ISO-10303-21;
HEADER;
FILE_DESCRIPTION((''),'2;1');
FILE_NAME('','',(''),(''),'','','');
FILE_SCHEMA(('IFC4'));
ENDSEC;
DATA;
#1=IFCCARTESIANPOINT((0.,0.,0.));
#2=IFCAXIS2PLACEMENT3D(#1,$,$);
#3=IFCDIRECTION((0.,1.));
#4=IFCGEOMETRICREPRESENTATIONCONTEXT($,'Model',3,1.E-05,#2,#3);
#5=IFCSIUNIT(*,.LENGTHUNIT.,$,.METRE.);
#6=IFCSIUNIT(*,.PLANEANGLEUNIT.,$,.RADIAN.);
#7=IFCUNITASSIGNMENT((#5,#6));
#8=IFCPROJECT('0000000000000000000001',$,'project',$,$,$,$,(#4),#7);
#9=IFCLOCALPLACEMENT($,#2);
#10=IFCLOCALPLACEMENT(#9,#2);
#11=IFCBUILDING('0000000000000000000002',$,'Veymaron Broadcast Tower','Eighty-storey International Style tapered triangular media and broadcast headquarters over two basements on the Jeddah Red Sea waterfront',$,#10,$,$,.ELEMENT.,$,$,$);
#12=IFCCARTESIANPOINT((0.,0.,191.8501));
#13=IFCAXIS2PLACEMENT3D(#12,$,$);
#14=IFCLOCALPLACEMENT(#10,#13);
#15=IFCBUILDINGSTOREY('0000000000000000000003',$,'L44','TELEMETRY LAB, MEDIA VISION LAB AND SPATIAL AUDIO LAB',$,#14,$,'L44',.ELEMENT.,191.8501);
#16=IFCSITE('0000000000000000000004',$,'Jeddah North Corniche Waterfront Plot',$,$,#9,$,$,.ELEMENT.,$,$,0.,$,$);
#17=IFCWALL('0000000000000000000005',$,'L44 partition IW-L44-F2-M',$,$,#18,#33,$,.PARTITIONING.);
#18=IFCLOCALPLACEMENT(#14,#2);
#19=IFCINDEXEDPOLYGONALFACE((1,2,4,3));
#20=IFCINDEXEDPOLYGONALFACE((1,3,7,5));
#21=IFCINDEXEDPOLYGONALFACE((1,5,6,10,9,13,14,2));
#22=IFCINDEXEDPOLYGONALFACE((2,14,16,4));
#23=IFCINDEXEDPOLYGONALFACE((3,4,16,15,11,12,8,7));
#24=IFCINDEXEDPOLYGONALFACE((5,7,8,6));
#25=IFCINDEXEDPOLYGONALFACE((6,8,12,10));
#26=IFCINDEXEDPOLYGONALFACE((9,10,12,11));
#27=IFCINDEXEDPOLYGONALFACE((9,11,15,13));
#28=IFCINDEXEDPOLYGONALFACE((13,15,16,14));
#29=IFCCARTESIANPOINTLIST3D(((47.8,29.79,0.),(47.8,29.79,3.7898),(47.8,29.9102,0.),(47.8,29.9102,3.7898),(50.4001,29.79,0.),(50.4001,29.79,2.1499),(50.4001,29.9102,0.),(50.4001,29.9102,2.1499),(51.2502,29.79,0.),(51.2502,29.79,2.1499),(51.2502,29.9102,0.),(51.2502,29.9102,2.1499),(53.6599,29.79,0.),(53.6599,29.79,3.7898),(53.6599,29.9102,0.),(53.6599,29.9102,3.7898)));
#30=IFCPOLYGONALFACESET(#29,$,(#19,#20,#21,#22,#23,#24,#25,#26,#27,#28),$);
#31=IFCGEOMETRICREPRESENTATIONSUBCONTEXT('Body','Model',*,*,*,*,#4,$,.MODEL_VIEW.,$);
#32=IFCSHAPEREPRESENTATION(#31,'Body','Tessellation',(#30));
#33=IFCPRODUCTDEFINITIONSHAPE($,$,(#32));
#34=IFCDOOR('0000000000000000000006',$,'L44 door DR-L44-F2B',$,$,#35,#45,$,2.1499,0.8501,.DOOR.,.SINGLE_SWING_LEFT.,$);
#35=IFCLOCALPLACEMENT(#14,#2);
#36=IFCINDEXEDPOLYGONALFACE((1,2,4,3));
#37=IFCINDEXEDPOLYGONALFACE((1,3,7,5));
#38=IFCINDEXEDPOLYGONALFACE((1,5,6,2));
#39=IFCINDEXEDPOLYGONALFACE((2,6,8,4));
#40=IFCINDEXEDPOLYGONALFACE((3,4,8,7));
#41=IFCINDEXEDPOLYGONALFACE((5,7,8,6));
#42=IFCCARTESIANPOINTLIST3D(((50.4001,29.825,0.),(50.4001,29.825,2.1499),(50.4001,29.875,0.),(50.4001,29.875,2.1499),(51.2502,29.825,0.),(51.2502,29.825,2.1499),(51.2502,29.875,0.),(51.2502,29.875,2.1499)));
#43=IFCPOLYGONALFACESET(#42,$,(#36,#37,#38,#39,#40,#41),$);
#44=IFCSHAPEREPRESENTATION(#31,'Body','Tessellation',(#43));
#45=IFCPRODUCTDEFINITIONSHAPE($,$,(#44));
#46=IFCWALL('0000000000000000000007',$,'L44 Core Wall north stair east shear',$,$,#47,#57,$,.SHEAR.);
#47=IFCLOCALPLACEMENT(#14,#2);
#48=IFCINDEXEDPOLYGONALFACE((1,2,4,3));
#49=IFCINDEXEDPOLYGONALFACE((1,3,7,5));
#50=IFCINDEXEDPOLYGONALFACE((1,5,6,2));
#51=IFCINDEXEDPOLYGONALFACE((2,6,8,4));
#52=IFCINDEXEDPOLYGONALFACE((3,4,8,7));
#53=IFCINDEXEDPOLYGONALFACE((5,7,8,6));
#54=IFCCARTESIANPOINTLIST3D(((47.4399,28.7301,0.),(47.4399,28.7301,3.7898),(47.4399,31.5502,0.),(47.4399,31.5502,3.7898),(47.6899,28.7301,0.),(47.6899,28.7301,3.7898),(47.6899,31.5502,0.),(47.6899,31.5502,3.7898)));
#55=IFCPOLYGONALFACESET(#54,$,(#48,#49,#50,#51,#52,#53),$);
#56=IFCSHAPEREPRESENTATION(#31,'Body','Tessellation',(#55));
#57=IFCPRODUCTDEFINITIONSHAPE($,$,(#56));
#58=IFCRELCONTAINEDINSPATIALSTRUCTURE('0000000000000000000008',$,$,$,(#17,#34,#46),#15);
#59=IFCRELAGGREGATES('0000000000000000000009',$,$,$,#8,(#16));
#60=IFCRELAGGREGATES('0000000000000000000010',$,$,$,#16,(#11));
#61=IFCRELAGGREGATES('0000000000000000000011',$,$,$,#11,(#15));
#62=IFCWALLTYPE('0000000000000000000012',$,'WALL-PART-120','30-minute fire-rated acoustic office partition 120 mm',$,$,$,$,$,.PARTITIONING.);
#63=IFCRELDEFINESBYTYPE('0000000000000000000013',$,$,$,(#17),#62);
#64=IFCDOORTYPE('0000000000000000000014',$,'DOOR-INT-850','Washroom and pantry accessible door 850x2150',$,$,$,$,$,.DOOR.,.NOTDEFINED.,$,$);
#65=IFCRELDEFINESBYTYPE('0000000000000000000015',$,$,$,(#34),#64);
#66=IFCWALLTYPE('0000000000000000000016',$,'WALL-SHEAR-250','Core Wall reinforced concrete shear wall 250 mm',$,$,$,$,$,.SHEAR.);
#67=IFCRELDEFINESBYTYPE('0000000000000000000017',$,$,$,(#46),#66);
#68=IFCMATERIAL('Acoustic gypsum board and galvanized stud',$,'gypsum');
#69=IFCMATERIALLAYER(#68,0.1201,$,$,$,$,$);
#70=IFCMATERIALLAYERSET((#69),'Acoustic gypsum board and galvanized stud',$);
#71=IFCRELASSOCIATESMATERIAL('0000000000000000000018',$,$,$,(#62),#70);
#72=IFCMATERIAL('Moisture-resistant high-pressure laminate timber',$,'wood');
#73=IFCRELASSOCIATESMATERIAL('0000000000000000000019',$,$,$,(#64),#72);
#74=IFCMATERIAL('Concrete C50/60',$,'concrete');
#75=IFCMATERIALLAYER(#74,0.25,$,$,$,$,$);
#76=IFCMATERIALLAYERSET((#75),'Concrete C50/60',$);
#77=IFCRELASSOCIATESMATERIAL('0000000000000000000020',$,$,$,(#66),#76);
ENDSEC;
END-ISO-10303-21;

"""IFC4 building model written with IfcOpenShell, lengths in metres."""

from ifc_helpers import new_model, si_unit, direction, frame, frame_2d, origin, place, context, subcontext, project, spatial, rectangle, extrude, material, layer, layer_set, type_object, element, fill, save


model = new_model("IFC4")

# Units and contexts
model_context = context("Model", 3, precision=1e-05, world=origin(), true_north=direction((0.0, 1.0)))
body_context = subcontext(model_context, "Body", "Model", "MODEL_VIEW")
ifc_project = project(units=[si_unit("LENGTHUNIT", "METRE"), si_unit("PLANEANGLEUNIT", "RADIAN")], contexts=[model_context])

# Site, building, storey
site_placement = place(None, origin())
site = spatial("IfcSite", under=ifc_project, at=site_placement, Name="Jeddah North Corniche Waterfront Plot", CompositionType="ELEMENT", RefElevation=0.0)
building_placement = place(site_placement, origin())
building = spatial("IfcBuilding", under=site, at=building_placement, Name="Veymaron Broadcast Tower", Description="Eighty-storey International Style tapered triangular media and broadcast headquarters over two basements on the Jeddah Red Sea waterfront", CompositionType="ELEMENT")
storey_placement = place(building_placement, frame((0.0, 0.0, 191.8501)))
storey = spatial("IfcBuildingStorey", under=building, at=storey_placement, Name="L44", Description="TELEMETRY LAB, MEDIA VISION LAB AND SPATIAL AUDIO LAB", LongName="L44", CompositionType="ELEMENT", Elevation=191.8501)

# Shared definitions
ifc_material_1 = material(Name="Acoustic gypsum board and galvanized stud", Category="gypsum")
ifc_layer_1 = layer(ifc_material_1, 0.1201)
ifc_layer_set_1 = layer_set([ifc_layer_1], Name="Acoustic gypsum board and galvanized stud")
wall_type_1 = type_object("IfcWallType", Name="WALL-PART-120", Description="30-minute fire-rated acoustic office partition 120 mm", PredefinedType="PARTITIONING", material=ifc_layer_set_1)

# Wall, opening, door
ifc_material_2 = material(Name="Moisture-resistant high-pressure laminate timber", Category="wood")
door_type_1 = type_object("IfcDoorType", Name="DOOR-INT-850", Description="Washroom and pantry accessible door 850x2150", OperationType="NOTDEFINED", PredefinedType="DOOR", material=ifc_material_2)
wall_1_placement = place(storey_placement, frame((47.8, 29.8501, 0.0), z_axis=(0.0, 0.0, 1.0), x_axis=(1.0, 0.0, 0.0)))
wall_1 = element("IfcWall", 1, at=wall_1_placement, inside=storey, type_object=wall_type_1, Name="L44 partition IW-L44-F2-M", PredefinedType="PARTITIONING", context=body_context, shape_type="SweptSolid", body=[
    extrude(rectangle(XDim=5.8599, YDim=0.1201, at=frame_2d((2.9299, 0.0))), origin(), (0.0, 0.0, 1.0), 3.7898),
])
opening_1_placement = place(wall_1_placement, frame((2.6001, 0.0, 0.0)))
opening_1 = element("IfcOpeningElement", 2, at=opening_1_placement, cuts=wall_1, PredefinedType="OPENING", context=body_context, shape_type="SweptSolid", body=[
    extrude(rectangle(XDim=0.8501, YDim=2.1499, at=frame_2d((0.425, 1.075))), frame((0.0, 0.0701, 0.0), z_axis=(0.0, -1.0, 0.0), x_axis=(1.0, 0.0, 0.0)), (0.0, 0.0, 1.0), 0.1401),
])
door_1_placement = place(opening_1_placement, origin())
door_1 = element("IfcDoor", 3, at=door_1_placement, inside=storey, type_object=door_type_1, Name="L44 door DR-L44-F2B", OperationType="SINGLE_SWING_LEFT", OverallHeight=2.1499, OverallWidth=0.8501, PredefinedType="DOOR", context=body_context, shape_type="SweptSolid", body=[
    extrude(rectangle(XDim=0.8501, YDim=2.1499, at=frame_2d((0.425, 1.075))), frame((0.0, 0.0249, 0.0), z_axis=(0.0, -1.0, 0.0), x_axis=(1.0, 0.0, 0.0)), (0.0, 0.0, 1.0), 0.05),
])
fill(opening_1, door_1)

# Wall
ifc_material_3 = material(Name="Concrete C50/60", Category="concrete")
ifc_layer_2 = layer(ifc_material_3, 0.25)
ifc_layer_set_2 = layer_set([ifc_layer_2], Name="Concrete C50/60")
wall_type_2 = type_object("IfcWallType", Name="WALL-SHEAR-250", Description="Core Wall reinforced concrete shear wall 250 mm", PredefinedType="SHEAR", material=ifc_layer_set_2)
wall_2_placement = place(storey_placement, frame((47.5649, 28.73, 0.0), z_axis=(0.0, 0.0, 1.0), x_axis=(0.0, 1.0, 0.0)))
element("IfcWall", 4, at=wall_2_placement, inside=storey, type_object=wall_type_2, Name="L44 Core Wall north stair east shear", PredefinedType="SHEAR", context=body_context, shape_type="SweptSolid", body=[
    extrude(rectangle(XDim=2.8201, YDim=0.25, at=frame_2d((1.4102, 0.0))), origin(), (0.0, 0.0, 1.0), 3.7898),
])

save(model, "model.ifc")
